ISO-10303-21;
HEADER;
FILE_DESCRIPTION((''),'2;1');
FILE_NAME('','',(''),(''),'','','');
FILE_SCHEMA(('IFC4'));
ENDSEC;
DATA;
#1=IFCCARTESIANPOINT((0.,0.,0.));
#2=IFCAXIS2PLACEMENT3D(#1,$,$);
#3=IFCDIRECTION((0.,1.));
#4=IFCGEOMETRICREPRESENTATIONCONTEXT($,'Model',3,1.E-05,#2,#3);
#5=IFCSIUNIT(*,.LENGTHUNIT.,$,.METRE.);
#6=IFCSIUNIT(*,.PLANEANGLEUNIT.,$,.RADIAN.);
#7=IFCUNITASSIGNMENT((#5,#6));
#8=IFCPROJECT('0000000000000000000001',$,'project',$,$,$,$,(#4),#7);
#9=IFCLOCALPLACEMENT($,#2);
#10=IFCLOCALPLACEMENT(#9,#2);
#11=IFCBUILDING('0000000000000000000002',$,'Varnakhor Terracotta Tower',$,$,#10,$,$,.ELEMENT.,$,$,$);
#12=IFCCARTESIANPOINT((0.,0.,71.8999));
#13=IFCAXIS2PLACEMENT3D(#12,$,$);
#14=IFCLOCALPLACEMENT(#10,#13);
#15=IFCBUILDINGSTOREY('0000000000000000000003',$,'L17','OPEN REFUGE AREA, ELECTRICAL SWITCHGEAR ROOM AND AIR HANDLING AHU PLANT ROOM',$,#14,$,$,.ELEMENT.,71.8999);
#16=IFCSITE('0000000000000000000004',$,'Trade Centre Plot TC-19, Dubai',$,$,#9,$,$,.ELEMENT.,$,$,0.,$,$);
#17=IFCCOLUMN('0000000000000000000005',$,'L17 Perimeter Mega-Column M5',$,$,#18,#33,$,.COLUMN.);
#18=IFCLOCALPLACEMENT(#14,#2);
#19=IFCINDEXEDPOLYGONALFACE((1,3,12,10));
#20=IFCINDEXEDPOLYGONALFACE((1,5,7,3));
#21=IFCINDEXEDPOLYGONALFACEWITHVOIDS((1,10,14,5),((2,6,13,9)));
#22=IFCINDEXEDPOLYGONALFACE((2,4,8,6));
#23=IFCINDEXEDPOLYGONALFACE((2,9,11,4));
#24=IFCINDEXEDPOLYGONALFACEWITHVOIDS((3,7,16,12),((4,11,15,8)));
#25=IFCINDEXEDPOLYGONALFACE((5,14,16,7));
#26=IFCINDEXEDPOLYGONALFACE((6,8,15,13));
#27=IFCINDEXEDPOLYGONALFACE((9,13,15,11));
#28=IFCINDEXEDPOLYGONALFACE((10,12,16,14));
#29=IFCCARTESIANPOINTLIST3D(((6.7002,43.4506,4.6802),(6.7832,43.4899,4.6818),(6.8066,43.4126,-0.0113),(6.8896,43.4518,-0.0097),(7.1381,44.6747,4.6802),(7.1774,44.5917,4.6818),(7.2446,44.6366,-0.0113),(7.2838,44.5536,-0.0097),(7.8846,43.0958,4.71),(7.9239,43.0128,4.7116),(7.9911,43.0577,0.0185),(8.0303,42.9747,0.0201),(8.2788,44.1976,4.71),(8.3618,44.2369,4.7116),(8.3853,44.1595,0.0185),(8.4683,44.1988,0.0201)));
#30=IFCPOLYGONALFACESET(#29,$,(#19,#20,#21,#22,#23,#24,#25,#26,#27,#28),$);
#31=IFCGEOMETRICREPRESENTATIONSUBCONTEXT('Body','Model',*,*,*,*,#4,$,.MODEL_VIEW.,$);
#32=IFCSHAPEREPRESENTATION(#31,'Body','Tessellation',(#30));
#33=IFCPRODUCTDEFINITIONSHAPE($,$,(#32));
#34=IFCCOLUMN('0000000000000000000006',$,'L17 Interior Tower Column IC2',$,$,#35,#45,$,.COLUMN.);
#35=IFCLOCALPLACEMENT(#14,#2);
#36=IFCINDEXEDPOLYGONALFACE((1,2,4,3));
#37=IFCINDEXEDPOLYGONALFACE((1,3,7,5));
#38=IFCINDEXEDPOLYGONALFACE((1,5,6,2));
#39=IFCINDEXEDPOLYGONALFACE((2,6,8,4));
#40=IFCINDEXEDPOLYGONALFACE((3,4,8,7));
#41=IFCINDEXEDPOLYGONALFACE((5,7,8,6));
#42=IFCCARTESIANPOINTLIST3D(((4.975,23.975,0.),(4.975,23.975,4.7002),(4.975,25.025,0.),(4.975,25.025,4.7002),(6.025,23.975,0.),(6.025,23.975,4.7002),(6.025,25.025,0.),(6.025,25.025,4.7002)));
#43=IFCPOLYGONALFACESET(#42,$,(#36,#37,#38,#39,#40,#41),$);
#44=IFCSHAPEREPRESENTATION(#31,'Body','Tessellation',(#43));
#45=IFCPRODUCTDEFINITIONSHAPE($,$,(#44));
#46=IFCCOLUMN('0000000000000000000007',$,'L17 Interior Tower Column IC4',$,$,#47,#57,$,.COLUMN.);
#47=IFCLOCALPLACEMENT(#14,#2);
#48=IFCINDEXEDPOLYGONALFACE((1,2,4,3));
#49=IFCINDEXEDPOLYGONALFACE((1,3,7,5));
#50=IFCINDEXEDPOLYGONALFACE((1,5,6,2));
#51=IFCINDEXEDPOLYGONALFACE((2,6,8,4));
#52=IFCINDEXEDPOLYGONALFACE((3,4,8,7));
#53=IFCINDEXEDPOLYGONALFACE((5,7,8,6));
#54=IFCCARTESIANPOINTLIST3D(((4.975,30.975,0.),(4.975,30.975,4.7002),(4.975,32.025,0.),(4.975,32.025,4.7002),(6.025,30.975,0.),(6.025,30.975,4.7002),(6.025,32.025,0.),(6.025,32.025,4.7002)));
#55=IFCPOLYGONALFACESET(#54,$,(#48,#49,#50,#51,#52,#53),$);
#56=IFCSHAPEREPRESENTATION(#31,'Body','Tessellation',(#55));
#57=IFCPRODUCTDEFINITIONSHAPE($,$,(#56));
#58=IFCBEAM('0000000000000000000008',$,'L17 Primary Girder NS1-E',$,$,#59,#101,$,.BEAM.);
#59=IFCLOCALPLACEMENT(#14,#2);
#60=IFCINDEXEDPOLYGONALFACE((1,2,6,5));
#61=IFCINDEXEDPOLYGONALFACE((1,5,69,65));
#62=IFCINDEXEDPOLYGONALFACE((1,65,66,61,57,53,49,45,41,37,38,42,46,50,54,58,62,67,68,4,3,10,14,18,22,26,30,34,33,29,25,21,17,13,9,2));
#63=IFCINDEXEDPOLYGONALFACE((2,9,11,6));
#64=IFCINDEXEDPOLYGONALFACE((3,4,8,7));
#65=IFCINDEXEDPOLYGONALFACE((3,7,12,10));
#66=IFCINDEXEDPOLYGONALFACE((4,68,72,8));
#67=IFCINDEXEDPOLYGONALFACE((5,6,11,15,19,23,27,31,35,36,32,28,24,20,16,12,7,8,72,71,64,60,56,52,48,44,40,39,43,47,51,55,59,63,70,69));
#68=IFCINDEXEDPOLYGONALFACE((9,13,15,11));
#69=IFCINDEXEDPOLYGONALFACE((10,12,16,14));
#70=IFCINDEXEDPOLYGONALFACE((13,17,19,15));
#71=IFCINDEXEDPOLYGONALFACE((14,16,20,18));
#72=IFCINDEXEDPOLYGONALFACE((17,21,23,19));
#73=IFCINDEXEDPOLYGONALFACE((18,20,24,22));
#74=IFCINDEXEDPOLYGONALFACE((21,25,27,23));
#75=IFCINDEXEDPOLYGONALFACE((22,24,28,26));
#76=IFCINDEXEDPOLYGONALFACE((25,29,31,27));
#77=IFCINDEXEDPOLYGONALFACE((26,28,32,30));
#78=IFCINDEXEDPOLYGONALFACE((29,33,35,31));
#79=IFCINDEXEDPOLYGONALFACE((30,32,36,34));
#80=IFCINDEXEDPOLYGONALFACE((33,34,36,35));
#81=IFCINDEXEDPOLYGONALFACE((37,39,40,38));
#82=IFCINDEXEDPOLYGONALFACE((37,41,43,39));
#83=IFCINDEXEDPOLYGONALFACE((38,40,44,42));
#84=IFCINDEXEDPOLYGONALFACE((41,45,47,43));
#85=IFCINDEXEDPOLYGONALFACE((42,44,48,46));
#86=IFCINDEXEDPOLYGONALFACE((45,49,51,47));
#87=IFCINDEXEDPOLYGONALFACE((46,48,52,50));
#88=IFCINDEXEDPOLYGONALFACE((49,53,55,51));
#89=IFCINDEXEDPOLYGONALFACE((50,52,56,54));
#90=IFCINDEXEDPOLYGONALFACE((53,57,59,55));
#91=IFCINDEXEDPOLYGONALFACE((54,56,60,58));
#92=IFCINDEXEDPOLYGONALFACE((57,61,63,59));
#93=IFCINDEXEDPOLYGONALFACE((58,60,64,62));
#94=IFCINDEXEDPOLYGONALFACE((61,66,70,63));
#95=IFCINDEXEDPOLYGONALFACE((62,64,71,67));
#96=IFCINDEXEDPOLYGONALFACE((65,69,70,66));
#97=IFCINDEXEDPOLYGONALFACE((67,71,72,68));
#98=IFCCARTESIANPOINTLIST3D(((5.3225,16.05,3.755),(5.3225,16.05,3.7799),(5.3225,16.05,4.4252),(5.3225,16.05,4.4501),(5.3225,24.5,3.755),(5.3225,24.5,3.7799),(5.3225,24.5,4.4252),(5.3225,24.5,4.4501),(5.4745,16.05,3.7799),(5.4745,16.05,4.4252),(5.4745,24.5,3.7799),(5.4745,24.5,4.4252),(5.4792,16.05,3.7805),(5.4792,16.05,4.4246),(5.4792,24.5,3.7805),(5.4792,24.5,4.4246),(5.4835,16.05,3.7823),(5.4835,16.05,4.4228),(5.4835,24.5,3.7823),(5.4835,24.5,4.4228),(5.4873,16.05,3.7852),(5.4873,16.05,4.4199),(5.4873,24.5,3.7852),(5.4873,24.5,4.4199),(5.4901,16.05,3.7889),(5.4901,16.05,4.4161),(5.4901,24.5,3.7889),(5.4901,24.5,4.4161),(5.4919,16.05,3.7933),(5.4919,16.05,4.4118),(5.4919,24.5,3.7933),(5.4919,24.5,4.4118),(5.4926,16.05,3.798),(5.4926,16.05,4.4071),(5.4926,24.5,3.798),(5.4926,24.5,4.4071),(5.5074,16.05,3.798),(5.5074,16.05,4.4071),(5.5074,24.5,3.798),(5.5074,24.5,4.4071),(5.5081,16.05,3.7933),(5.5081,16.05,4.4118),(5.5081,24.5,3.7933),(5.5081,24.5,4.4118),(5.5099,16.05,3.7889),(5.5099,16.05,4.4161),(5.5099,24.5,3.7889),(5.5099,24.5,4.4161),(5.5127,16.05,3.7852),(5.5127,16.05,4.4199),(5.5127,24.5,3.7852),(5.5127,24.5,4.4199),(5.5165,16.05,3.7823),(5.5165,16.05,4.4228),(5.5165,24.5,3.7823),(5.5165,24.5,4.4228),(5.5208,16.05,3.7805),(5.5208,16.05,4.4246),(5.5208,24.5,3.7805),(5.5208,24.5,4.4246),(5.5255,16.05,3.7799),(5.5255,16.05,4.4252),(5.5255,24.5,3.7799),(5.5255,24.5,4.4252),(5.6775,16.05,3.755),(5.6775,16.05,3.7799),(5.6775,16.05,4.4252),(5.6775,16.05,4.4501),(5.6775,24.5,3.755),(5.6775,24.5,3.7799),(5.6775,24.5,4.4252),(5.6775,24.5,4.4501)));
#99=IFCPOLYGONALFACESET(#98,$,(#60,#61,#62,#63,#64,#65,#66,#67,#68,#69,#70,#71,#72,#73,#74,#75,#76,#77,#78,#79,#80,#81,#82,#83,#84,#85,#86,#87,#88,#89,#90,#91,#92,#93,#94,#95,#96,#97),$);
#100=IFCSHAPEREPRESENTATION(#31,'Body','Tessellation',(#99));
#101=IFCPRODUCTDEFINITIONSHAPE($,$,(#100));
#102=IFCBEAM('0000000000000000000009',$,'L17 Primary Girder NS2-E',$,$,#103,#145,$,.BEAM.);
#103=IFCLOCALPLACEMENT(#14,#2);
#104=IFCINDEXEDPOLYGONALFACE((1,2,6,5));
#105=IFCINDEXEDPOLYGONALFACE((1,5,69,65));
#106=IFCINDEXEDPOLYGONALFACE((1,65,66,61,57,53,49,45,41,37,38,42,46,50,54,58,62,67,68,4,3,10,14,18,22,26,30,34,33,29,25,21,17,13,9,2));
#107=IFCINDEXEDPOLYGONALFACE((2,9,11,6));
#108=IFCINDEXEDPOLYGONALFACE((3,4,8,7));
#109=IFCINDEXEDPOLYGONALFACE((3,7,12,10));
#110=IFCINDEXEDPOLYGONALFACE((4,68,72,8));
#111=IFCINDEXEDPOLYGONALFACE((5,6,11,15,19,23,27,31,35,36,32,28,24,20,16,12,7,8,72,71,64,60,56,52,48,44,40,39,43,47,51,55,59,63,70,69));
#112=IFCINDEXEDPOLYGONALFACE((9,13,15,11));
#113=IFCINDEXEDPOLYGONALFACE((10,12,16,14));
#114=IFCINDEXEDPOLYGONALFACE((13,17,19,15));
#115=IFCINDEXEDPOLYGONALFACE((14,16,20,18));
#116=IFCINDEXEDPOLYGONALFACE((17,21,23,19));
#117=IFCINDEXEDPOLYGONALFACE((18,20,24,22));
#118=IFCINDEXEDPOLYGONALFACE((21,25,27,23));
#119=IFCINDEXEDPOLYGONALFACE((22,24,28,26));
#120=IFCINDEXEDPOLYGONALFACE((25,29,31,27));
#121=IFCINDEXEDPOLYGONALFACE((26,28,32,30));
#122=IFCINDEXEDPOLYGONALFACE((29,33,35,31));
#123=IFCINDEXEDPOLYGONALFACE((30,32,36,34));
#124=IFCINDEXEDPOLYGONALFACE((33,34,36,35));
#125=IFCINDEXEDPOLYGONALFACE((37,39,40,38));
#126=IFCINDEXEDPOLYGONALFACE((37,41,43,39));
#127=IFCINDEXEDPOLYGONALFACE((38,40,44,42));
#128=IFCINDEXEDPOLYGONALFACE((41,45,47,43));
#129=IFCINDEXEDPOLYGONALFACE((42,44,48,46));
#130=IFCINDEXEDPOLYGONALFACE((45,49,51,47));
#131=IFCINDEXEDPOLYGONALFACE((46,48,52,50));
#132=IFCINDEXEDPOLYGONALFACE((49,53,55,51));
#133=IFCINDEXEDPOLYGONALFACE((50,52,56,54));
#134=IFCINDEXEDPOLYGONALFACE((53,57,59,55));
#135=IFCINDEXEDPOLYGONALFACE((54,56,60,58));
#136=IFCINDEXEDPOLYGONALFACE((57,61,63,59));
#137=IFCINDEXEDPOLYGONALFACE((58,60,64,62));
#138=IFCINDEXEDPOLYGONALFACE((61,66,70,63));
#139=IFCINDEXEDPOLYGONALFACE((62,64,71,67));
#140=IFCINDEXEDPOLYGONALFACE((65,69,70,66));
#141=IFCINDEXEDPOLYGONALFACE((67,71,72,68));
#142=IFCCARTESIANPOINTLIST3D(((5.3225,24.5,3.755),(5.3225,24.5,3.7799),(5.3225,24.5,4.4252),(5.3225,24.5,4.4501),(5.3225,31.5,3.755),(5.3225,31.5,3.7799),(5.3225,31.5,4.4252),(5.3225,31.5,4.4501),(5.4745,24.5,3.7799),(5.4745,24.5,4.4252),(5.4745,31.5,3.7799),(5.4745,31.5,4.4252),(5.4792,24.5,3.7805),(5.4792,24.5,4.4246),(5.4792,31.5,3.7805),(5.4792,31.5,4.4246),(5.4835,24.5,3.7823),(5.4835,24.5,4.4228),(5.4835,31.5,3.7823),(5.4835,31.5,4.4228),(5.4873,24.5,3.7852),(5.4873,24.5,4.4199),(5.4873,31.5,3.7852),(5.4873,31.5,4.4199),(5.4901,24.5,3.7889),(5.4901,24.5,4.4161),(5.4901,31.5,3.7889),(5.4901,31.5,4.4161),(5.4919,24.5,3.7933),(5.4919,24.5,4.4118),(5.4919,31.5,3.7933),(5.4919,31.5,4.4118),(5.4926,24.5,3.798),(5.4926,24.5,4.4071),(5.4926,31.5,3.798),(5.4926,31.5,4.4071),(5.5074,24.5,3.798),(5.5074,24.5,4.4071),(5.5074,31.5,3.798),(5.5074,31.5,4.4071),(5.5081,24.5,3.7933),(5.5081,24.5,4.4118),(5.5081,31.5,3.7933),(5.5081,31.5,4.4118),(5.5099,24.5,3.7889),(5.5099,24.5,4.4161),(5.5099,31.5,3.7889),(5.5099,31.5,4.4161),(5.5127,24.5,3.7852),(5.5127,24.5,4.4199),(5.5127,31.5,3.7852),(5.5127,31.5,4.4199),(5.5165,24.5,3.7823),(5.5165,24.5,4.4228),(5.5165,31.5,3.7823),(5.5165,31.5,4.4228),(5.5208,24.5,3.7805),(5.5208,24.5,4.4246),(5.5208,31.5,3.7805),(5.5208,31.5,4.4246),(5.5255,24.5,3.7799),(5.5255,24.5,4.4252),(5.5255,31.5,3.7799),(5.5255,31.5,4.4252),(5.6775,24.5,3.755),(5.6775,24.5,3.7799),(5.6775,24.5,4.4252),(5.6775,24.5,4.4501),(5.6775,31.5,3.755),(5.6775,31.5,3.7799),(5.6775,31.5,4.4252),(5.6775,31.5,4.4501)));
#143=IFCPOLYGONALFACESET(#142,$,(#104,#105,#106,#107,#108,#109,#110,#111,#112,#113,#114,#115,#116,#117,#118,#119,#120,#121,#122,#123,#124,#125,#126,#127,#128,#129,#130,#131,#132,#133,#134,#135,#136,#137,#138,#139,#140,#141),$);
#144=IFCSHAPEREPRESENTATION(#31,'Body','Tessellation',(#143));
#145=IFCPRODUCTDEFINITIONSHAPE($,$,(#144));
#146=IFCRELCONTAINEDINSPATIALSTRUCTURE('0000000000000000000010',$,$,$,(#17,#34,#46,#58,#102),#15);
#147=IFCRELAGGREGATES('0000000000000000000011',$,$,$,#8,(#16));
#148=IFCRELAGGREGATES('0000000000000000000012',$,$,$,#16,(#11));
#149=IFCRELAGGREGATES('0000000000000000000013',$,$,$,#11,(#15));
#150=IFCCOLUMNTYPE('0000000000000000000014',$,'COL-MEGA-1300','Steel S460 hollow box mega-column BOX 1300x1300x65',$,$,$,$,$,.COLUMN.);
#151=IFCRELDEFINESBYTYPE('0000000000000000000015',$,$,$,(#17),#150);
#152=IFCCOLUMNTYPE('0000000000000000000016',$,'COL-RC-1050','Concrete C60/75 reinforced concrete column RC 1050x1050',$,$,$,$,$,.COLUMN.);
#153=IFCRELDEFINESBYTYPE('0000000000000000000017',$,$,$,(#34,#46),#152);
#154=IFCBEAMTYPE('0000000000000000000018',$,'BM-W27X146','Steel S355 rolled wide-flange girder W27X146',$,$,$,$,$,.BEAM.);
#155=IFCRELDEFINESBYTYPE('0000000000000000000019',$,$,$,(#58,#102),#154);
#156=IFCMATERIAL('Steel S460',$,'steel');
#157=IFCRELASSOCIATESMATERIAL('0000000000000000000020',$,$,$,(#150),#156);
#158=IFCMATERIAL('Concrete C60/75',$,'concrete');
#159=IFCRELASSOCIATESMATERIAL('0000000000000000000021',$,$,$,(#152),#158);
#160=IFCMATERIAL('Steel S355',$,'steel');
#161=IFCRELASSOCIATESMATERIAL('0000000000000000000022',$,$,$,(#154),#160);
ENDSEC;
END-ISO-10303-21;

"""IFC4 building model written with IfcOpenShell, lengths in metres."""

from ifc_helpers import new_model, si_unit, direction, frame, origin, origin_2d, place, context, subcontext, project, spatial, rectangle, hollow_rectangle, i_section, extrude, source, transform, mapped, material, material_profile, profile_set, type_object, type_shapes, element, save


model = new_model("IFC4")

# Units and contexts
model_context = context("Model", 3, precision=1e-05, world=origin(), true_north=direction((0.0, 1.0)))
body_context = subcontext(model_context, "Body", "Model", "MODEL_VIEW")
ifc_project = project(units=[si_unit("LENGTHUNIT", "METRE"), si_unit("PLANEANGLEUNIT", "RADIAN")], contexts=[model_context])

# Site, building, storey
site_placement = place(None, origin())
site = spatial("IfcSite", under=ifc_project, at=site_placement, Name="Trade Centre Plot TC-19, Dubai", CompositionType="ELEMENT", RefElevation=0.0)
building_placement = place(site_placement, origin())
building = spatial("IfcBuilding", under=site, at=building_placement, Name="Varnakhor Terracotta Tower", CompositionType="ELEMENT")
storey_placement = place(building_placement, frame((0.0, 0.0, 71.8999)))
storey = spatial("IfcBuildingStorey", under=building, at=storey_placement, Name="L17", Description="OPEN REFUGE AREA, ELECTRICAL SWITCHGEAR ROOM AND AIR HANDLING AHU PLANT ROOM", CompositionType="ELEMENT", Elevation=71.8999)

# Columns
ifc_material_1 = material(Name="Steel S460", Category="steel")
ifc_material_profile_1 = material_profile(ifc_material_1, hollow_rectangle(XDim=1.3, YDim=1.3, WallThickness=0.0649, at=origin_2d()), Name="BOX 1300x1300x65")
ifc_profile_set_1 = profile_set([ifc_material_profile_1], Name="Steel S460")
column_type_1 = type_object("IfcColumnType", Name="COL-MEGA-1300", Description="Steel S460 hollow box mega-column BOX 1300x1300x65", PredefinedType="COLUMN", material=ifc_profile_set_1)
shared_shape_1 = source(origin(), body_context, "Body", "SweptSolid", [
    extrude(hollow_rectangle(XDim=1.3, YDim=1.3, WallThickness=0.0649, at=origin_2d()), origin(), (0.0, 0.0, 1.0), 4.6929),
])
column_placement = place(storey_placement, frame((7.6375, 43.8057, 0.0044), z_axis=(-0.022683, 0.008116, 0.99971), x_axis=(-0.336884, -0.941546, 0.0)))
element("IfcColumn", 1, at=column_placement, inside=storey, type_object=column_type_1, Name="L17 Perimeter Mega-Column M5", PredefinedType="COLUMN", context=body_context, shape_type="MappedRepresentation", body=[
    mapped(shared_shape_1, transform((0.0, 0.0, 0.0), scale=1.0)),
])
ifc_material_2 = material(Name="Concrete C60/75", Category="concrete")
ifc_material_profile_2 = material_profile(ifc_material_2, rectangle(XDim=1.05, YDim=1.05, at=origin_2d()), Name="RC 1050x1050")
ifc_profile_set_2 = profile_set([ifc_material_profile_2], Name="Concrete C60/75")
column_type_2 = type_object("IfcColumnType", Name="COL-RC-1050", Description="Concrete C60/75 reinforced concrete column RC 1050x1050", PredefinedType="COLUMN", material=ifc_profile_set_2)
shared_shape_2 = source(origin(), body_context, "Body", "SweptSolid", [
    extrude(rectangle(XDim=1.05, YDim=1.05, at=origin_2d()), origin(), (0.0, 0.0, 1.0), 4.7002),
])
for number, where, z_axis, x_axis, name in (
    (2, (5.5, 24.5, 0.0), (0.0, 0.0, 1.0), (1.0, 0.0, 0.0), "L17 Interior Tower Column IC2"),
    (3, (5.5, 31.5, 0.0), (0.0, 0.0, 1.0), (1.0, 0.0, 0.0), "L17 Interior Tower Column IC4"),
):
    element("IfcColumn", number, at=place(storey_placement, frame(where, z_axis=z_axis, x_axis=x_axis)), inside=storey, type_object=column_type_2, Name=name, PredefinedType="COLUMN", context=body_context, shape_type="MappedRepresentation", body=[
        mapped(shared_shape_2, transform((0.0, 0.0, 0.0), scale=1.0)),
    ])

# Beams
ifc_material_3 = material(Name="Steel S355", Category="steel")
ifc_material_profile_3 = material_profile(ifc_material_3, i_section(OverallWidth=0.355, OverallDepth=0.6951, WebThickness=0.0149, FlangeThickness=0.0249, FilletRadius=0.0181, at=origin_2d()), Name="W27X146")
ifc_profile_set_3 = profile_set([ifc_material_profile_3], Name="Steel S355")
beam_type_1 = type_object("IfcBeamType", Name="BM-W27X146", Description="Steel S355 rolled wide-flange girder W27X146", PredefinedType="BEAM", material=ifc_profile_set_3)
shared_shape_3 = source(origin(), body_context, "Body", "SweptSolid", [
    extrude(i_section(OverallWidth=0.355, OverallDepth=0.6951, WebThickness=0.0149, FlangeThickness=0.0249, FilletRadius=0.0181, at=origin_2d()), origin(), (0.0, 0.0, 1.0), 8.45),
])
type_shapes(beam_type_1, [shared_shape_3])
beam_1_placement = place(storey_placement, frame((5.5, 16.05, 4.1025), z_axis=(0.0, 1.0, 0.0), x_axis=(-1.0, 0.0, 0.0)))
element("IfcBeam", 4, at=beam_1_placement, inside=storey, type_object=beam_type_1, Name="L17 Primary Girder NS1-E", PredefinedType="BEAM", context=body_context, shape_type="MappedRepresentation", body=[
    mapped(shared_shape_3, transform((0.0, 0.0, 0.0), scale=1.0)),
])
shared_shape_4 = source(origin(), body_context, "Body", "SweptSolid", [
    extrude(i_section(OverallWidth=0.355, OverallDepth=0.6951, WebThickness=0.0149, FlangeThickness=0.0249, FilletRadius=0.0181, at=origin_2d()), origin(), (0.0, 0.0, 1.0), 7.0),
])
beam_2_placement = place(storey_placement, frame((5.5, 24.5, 4.1025), z_axis=(0.0, 1.0, 0.0), x_axis=(-1.0, 0.0, 0.0)))
element("IfcBeam", 5, at=beam_2_placement, inside=storey, type_object=beam_type_1, Name="L17 Primary Girder NS2-E", PredefinedType="BEAM", context=body_context, shape_type="MappedRepresentation", body=[
    mapped(shared_shape_4, transform((0.0, 0.0, 0.0), scale=1.0)),
])

save(model, "model.ifc")
